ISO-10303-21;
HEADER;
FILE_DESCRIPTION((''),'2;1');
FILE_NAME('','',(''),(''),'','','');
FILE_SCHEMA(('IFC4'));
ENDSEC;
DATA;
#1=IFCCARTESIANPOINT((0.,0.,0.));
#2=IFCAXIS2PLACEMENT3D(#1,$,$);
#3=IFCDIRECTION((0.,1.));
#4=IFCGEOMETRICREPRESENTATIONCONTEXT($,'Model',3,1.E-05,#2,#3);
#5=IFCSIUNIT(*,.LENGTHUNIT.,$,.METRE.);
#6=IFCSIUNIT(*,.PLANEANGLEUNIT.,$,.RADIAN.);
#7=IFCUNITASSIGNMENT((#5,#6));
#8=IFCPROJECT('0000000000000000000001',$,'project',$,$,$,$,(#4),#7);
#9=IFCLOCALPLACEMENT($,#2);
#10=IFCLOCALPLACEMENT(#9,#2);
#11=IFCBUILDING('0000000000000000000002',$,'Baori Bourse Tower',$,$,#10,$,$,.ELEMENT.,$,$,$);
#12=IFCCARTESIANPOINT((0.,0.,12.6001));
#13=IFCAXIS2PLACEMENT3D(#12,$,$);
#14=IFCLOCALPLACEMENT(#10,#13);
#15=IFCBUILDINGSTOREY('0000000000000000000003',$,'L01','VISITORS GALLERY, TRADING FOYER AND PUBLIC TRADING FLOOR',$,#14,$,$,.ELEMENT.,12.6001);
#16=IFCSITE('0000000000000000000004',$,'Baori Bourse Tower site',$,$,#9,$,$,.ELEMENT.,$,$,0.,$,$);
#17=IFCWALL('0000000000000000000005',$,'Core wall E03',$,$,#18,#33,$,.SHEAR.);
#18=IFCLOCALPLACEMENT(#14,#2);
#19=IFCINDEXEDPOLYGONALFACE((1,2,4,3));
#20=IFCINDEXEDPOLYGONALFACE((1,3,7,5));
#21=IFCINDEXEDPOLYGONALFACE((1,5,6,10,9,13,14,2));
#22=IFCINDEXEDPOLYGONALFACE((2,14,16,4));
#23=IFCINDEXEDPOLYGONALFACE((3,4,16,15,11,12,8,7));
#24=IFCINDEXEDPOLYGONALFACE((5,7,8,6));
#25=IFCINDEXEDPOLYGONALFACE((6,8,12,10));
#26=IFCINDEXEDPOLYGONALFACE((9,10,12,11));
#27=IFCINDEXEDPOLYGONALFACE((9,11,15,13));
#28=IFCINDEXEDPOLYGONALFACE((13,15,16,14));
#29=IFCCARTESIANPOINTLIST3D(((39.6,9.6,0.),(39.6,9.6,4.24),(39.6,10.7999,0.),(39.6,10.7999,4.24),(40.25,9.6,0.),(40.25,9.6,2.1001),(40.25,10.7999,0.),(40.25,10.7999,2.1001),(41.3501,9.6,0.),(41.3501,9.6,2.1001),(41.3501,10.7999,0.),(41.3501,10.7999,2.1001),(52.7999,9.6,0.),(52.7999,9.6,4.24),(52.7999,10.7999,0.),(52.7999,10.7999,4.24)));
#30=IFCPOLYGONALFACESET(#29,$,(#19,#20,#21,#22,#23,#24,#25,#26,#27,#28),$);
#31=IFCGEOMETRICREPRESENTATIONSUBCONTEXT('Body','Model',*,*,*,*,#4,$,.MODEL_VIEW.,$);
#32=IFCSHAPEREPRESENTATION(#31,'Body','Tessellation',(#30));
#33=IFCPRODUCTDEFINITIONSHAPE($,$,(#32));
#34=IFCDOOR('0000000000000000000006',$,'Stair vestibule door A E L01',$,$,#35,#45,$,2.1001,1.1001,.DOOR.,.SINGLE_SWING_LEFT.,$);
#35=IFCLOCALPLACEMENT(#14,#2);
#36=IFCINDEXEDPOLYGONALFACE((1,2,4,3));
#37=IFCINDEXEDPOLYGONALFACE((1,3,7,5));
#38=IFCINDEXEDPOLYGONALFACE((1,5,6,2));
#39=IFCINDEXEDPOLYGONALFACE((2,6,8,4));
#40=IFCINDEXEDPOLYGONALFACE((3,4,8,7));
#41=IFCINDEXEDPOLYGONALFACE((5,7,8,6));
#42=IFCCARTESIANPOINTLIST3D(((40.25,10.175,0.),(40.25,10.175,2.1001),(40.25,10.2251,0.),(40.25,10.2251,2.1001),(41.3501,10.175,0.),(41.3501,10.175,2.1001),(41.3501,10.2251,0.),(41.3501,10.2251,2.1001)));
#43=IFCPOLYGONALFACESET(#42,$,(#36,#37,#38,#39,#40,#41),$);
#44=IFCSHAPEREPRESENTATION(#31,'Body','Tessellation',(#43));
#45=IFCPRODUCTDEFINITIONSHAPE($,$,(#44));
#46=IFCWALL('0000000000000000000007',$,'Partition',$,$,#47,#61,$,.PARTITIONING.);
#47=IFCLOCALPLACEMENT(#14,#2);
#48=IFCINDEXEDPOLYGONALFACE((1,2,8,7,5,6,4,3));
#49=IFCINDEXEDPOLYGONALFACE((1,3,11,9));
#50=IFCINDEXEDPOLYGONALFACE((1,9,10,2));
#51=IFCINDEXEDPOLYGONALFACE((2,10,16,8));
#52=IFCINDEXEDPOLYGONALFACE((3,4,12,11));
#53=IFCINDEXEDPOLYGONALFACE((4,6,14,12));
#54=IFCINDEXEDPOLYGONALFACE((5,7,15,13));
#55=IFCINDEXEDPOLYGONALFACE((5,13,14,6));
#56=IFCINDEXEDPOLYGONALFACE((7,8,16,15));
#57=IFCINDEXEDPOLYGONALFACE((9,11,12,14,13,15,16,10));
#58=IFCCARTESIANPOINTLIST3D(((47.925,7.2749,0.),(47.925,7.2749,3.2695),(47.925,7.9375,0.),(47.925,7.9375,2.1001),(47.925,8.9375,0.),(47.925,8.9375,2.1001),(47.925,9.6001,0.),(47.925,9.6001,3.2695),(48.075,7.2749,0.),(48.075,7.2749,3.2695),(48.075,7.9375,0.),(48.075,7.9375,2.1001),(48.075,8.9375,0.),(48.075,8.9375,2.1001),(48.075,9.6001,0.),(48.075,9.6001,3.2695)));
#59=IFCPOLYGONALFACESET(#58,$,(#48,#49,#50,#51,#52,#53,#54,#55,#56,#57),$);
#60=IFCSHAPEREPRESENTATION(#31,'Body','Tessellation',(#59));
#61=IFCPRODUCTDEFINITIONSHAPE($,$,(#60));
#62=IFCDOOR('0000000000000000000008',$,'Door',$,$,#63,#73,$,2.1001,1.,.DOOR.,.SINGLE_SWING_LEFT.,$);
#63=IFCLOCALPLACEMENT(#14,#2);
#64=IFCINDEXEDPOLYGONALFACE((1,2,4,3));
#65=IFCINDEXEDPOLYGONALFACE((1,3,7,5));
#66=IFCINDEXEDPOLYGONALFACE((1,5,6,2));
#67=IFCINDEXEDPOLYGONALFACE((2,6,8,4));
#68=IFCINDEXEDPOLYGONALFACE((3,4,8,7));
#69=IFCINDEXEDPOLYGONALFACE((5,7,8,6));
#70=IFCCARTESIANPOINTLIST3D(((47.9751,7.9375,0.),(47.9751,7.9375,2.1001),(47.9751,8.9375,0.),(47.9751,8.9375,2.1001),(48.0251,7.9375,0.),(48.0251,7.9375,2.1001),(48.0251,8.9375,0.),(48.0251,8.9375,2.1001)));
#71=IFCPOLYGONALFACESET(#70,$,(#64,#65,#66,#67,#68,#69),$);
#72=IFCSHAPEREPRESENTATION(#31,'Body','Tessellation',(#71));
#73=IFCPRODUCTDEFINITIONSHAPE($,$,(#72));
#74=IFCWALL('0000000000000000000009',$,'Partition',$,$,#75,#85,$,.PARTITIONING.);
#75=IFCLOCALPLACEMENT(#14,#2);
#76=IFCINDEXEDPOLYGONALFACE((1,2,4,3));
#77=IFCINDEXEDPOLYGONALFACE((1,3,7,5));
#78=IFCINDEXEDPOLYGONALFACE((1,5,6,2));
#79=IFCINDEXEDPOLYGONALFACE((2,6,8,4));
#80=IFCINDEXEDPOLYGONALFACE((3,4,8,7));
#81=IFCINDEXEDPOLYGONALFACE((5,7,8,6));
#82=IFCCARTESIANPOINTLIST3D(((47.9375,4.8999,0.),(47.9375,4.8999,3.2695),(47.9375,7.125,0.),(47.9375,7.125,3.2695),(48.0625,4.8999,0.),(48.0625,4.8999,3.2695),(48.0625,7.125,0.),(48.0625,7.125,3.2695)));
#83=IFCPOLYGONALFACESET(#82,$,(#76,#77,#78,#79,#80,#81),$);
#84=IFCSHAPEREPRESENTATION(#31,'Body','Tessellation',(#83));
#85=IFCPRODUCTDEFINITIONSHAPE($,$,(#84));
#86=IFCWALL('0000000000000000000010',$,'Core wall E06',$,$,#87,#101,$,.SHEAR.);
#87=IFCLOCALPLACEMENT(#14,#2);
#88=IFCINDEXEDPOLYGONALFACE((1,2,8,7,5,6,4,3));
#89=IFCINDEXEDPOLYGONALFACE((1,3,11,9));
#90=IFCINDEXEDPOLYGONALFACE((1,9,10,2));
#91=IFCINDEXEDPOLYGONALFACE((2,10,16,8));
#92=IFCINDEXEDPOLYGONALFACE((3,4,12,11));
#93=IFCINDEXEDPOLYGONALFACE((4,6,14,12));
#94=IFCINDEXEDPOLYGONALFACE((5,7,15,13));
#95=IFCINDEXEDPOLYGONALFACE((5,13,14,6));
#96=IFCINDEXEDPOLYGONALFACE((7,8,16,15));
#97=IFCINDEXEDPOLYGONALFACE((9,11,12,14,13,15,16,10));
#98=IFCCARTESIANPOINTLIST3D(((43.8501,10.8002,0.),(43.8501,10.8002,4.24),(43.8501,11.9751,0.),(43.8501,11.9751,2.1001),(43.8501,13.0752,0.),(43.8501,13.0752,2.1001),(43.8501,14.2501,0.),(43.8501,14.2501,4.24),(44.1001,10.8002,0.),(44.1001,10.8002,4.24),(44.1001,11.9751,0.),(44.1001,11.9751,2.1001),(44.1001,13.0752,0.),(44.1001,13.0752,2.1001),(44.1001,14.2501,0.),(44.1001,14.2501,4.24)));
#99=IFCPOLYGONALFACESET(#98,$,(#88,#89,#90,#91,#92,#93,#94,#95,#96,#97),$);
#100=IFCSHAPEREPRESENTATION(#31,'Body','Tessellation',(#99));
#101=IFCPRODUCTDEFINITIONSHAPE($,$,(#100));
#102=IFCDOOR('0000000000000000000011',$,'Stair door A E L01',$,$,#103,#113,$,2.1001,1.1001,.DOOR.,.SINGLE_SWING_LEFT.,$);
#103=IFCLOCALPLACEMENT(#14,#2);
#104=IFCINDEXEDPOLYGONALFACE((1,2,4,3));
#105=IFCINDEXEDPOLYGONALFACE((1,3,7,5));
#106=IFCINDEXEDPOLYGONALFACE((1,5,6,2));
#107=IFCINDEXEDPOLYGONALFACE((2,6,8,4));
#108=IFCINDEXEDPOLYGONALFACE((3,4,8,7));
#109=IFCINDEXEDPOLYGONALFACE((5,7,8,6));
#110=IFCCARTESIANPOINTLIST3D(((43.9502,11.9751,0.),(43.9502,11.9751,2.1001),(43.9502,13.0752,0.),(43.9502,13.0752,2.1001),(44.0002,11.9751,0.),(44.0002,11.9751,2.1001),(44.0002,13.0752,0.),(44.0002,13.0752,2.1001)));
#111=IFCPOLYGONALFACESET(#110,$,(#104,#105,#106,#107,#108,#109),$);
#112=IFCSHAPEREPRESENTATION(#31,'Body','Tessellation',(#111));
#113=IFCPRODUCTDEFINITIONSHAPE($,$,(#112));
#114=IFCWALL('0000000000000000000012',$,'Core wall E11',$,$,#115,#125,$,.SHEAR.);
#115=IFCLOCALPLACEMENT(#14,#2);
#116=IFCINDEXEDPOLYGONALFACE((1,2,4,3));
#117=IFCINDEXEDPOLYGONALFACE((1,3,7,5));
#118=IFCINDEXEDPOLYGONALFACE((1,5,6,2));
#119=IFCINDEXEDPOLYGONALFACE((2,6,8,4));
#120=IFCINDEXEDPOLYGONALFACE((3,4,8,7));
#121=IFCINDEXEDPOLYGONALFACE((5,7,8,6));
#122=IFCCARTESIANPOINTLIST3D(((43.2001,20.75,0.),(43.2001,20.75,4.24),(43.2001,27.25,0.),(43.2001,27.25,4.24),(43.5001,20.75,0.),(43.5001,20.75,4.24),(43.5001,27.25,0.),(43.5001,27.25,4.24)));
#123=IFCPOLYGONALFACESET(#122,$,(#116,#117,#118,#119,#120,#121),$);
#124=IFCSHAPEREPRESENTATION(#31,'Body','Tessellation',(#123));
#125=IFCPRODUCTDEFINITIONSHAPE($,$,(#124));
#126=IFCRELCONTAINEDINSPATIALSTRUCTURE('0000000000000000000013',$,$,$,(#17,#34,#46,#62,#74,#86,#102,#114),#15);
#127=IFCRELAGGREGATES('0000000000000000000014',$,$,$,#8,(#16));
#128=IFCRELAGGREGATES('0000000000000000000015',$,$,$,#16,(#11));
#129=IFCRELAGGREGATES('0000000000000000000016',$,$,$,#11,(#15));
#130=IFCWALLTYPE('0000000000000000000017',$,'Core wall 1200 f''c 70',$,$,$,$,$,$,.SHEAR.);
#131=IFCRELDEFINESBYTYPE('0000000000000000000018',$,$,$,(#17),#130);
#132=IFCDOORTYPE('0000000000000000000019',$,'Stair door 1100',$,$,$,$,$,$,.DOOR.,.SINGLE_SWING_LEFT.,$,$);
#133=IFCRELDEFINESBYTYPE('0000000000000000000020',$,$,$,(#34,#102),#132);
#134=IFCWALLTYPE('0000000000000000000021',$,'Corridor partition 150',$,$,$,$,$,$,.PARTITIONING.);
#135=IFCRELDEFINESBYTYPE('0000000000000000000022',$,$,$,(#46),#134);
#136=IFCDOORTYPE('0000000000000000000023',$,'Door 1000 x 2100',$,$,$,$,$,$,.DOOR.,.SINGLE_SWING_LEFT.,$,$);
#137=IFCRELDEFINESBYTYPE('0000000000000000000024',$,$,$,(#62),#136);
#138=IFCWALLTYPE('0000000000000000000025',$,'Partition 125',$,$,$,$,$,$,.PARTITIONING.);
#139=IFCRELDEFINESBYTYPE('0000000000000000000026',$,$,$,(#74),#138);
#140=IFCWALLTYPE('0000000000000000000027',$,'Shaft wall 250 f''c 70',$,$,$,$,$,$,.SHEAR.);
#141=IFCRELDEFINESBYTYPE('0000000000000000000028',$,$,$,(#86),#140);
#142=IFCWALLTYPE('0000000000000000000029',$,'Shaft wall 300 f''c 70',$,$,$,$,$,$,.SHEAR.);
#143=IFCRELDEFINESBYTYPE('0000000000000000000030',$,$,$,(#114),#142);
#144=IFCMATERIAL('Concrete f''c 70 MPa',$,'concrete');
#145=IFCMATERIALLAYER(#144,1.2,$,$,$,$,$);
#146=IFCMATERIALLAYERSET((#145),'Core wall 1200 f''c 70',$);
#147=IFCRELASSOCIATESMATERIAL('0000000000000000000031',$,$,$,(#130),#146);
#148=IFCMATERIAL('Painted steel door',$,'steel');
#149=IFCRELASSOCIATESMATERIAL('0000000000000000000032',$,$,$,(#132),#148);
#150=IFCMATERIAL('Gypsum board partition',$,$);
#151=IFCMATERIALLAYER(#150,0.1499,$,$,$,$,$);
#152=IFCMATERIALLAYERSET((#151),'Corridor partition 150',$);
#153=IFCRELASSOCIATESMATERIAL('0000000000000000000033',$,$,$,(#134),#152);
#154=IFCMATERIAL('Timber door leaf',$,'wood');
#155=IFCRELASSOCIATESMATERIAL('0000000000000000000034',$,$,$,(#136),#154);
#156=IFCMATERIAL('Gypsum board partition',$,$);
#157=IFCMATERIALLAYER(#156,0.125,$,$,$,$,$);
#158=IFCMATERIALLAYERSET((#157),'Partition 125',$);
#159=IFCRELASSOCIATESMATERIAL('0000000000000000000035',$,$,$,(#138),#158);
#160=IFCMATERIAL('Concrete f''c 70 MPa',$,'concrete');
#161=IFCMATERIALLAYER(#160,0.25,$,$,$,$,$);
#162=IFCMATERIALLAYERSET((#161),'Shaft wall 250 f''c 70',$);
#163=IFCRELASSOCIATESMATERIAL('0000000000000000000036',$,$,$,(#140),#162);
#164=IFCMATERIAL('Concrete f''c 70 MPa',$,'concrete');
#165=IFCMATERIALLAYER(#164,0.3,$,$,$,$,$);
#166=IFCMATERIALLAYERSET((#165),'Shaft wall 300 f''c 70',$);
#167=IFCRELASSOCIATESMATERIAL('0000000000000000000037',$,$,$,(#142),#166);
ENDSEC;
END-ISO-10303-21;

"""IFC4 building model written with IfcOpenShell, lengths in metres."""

from ifc_helpers import new_model, si_unit, direction, frame, frame_2d, origin, place, context, subcontext, project, spatial, rectangle, extrude, material, layer, layer_set, type_object, element, fill, save


model = new_model("IFC4")

# Units and contexts
model_context = context("Model", 3, precision=1e-05, world=origin(), true_north=direction((0.0, 1.0)))
body_context = subcontext(model_context, "Body", "Model", "MODEL_VIEW")
ifc_project = project(units=[si_unit("LENGTHUNIT", "METRE"), si_unit("PLANEANGLEUNIT", "RADIAN")], contexts=[model_context])

# Site, building, storey
site_placement = place(None, origin())
site = spatial("IfcSite", under=ifc_project, at=site_placement, Name="Baori Bourse Tower site", CompositionType="ELEMENT", RefElevation=0.0)
building_placement = place(site_placement, origin())
building = spatial("IfcBuilding", under=site, at=building_placement, Name="Baori Bourse Tower", CompositionType="ELEMENT")
storey_placement = place(building_placement, frame((0.0, 0.0, 12.6001)))
storey = spatial("IfcBuildingStorey", under=building, at=storey_placement, Name="L01", Description="VISITORS GALLERY, TRADING FOYER AND PUBLIC TRADING FLOOR", CompositionType="ELEMENT", Elevation=12.6001)

# Shared definitions
ifc_material_1 = material(Name="Concrete f'c 70 MPa", Category="concrete")
ifc_layer_1 = layer(ifc_material_1, 1.2)
ifc_layer_set_1 = layer_set([ifc_layer_1], Name="Core wall 1200 f'c 70")
wall_type_1 = type_object("IfcWallType", Name="Core wall 1200 f'c 70", PredefinedType="SHEAR", material=ifc_layer_set_1)

# Walls, openings, doors
wall_1_placement = place(storey_placement, frame((52.8, 10.2, 0.0), z_axis=(0.0, 0.0, 1.0), x_axis=(-1.0, 0.0, 0.0)))
wall_1 = element("IfcWall", 1, at=wall_1_placement, inside=storey, type_object=wall_type_1, Name="Core wall E03", PredefinedType="SHEAR", context=body_context, shape_type="SweptSolid", body=[
    extrude(rectangle(XDim=13.2, YDim=1.2, at=frame_2d((6.6001, 0.0))), origin(), (0.0, 0.0, 1.0), 4.24),
])
opening_1_placement = place(wall_1_placement, frame((11.45, 0.0, 0.0)))
opening_1 = element("IfcOpeningElement", 2, at=opening_1_placement, cuts=wall_1, PredefinedType="OPENING", context=body_context, shape_type="SweptSolid", body=[
    extrude(rectangle(XDim=1.1001, YDim=2.1001, at=frame_2d((0.55, 1.05))), frame((0.0, 0.6099, 0.0), z_axis=(0.0, -1.0, 0.0), x_axis=(1.0, 0.0, 0.0)), (0.0, 0.0, 1.0), 1.22),
])
ifc_material_2 = material(Name="Painted steel door", Category="steel")
door_type_1 = type_object("IfcDoorType", Name="Stair door 1100", OperationType="SINGLE_SWING_LEFT", PredefinedType="DOOR", material=ifc_material_2)
door_1_placement = place(opening_1_placement, origin())
door_1 = element("IfcDoor", 3, at=door_1_placement, inside=storey, type_object=door_type_1, Name="Stair vestibule door A E L01", OperationType="SINGLE_SWING_LEFT", OverallHeight=2.1001, OverallWidth=1.1001, PredefinedType="DOOR", context=body_context, shape_type="SweptSolid", body=[
    extrude(rectangle(XDim=1.1001, YDim=2.1001, at=frame_2d((0.55, 1.05))), frame((0.0, 0.0249, 0.0), z_axis=(0.0, -1.0, 0.0), x_axis=(1.0, 0.0, 0.0)), (0.0, 0.0, 1.0), 0.05),
])
fill(opening_1, door_1)
ifc_material_3 = material(Name="Gypsum board partition")
ifc_layer_2 = layer(ifc_material_3, 0.1499)
ifc_layer_set_2 = layer_set([ifc_layer_2], Name="Corridor partition 150")
wall_type_2 = type_object("IfcWallType", Name="Corridor partition 150", PredefinedType="PARTITIONING", material=ifc_layer_set_2)
wall_2_placement = place(storey_placement, frame((48.0, 7.2749, 0.0), z_axis=(0.0, 0.0, 1.0), x_axis=(0.0, 1.0, 0.0)))
wall_2 = element("IfcWall", 4, at=wall_2_placement, inside=storey, type_object=wall_type_2, Name="Partition", PredefinedType="PARTITIONING", context=body_context, shape_type="SweptSolid", body=[
    extrude(rectangle(XDim=2.3252, YDim=0.1499, at=frame_2d((1.1626, 0.0))), origin(), (0.0, 0.0, 1.0), 3.2695),
])
opening_2_placement = place(wall_2_placement, frame((0.6626, 0.0, 0.0)))
opening_2 = element("IfcOpeningElement", 5, at=opening_2_placement, cuts=wall_2, PredefinedType="OPENING", context=body_context, shape_type="SweptSolid", body=[
    extrude(rectangle(XDim=1.0, YDim=2.1001, at=frame_2d((0.5, 1.05))), frame((0.0, 0.085, 0.0), z_axis=(0.0, -1.0, 0.0), x_axis=(1.0, 0.0, 0.0)), (0.0, 0.0, 1.0), 0.1699),
])
ifc_material_4 = material(Name="Timber door leaf", Category="wood")
door_type_2 = type_object("IfcDoorType", Name="Door 1000 x 2100", OperationType="SINGLE_SWING_LEFT", PredefinedType="DOOR", material=ifc_material_4)
door_2_placement = place(opening_2_placement, origin())
door_2 = element("IfcDoor", 6, at=door_2_placement, inside=storey, type_object=door_type_2, Name="Door", OperationType="SINGLE_SWING_LEFT", OverallHeight=2.1001, OverallWidth=1.0, PredefinedType="DOOR", context=body_context, shape_type="SweptSolid", body=[
    extrude(rectangle(XDim=1.0, YDim=2.1001, at=frame_2d((0.5, 1.05))), frame((0.0, 0.0249, 0.0), z_axis=(0.0, -1.0, 0.0), x_axis=(1.0, 0.0, 0.0)), (0.0, 0.0, 1.0), 0.05),
])
fill(opening_2, door_2)

# Wall
ifc_material_5 = material(Name="Gypsum board partition")
ifc_layer_3 = layer(ifc_material_5, 0.125)
ifc_layer_set_3 = layer_set([ifc_layer_3], Name="Partition 125")
wall_type_3 = type_object("IfcWallType", Name="Partition 125", PredefinedType="PARTITIONING", material=ifc_layer_set_3)
wall_3_placement = place(storey_placement, frame((48.0, 4.8999, 0.0), z_axis=(0.0, 0.0, 1.0), x_axis=(0.0, 1.0, 0.0)))
element("IfcWall", 7, at=wall_3_placement, inside=storey, type_object=wall_type_3, Name="Partition", PredefinedType="PARTITIONING", context=body_context, shape_type="SweptSolid", body=[
    extrude(rectangle(XDim=2.2251, YDim=0.125, at=frame_2d((1.1125, 0.0))), origin(), (0.0, 0.0, 1.0), 3.2695),
])

# Wall, opening, door
ifc_material_6 = material(Name="Concrete f'c 70 MPa", Category="concrete")
ifc_layer_4 = layer(ifc_material_6, 0.25)
ifc_layer_set_4 = layer_set([ifc_layer_4], Name="Shaft wall 250 f'c 70")
wall_type_4 = type_object("IfcWallType", Name="Shaft wall 250 f'c 70", PredefinedType="SHEAR", material=ifc_layer_set_4)
wall_4_placement = place(storey_placement, frame((43.9751, 10.8, 0.0), z_axis=(0.0, 0.0, 1.0), x_axis=(0.0, 1.0, 0.0)))
wall_4 = element("IfcWall", 8, at=wall_4_placement, inside=storey, type_object=wall_type_4, Name="Core wall E06", PredefinedType="SHEAR", context=body_context, shape_type="SweptSolid", body=[
    extrude(rectangle(XDim=3.45, YDim=0.25, at=frame_2d((1.7251, 0.0))), origin(), (0.0, 0.0, 1.0), 4.24),
])
opening_3_placement = place(wall_4_placement, frame((1.175, 0.0, 0.0)))
opening_3 = element("IfcOpeningElement", 9, at=opening_3_placement, cuts=wall_4, PredefinedType="OPENING", context=body_context, shape_type="SweptSolid", body=[
    extrude(rectangle(XDim=1.1001, YDim=2.1001, at=frame_2d((0.55, 1.05))), frame((0.0, 0.135, 0.0), z_axis=(0.0, -1.0, 0.0), x_axis=(1.0, 0.0, 0.0)), (0.0, 0.0, 1.0), 0.27),
])
door_3_placement = place(opening_3_placement, origin())
door_3 = element("IfcDoor", 10, at=door_3_placement, inside=storey, type_object=door_type_1, Name="Stair door A E L01", OperationType="SINGLE_SWING_LEFT", OverallHeight=2.1001, OverallWidth=1.1001, PredefinedType="DOOR", context=body_context, shape_type="SweptSolid", body=[
    extrude(rectangle(XDim=1.1001, YDim=2.1001, at=frame_2d((0.55, 1.05))), frame((0.0, 0.0249, 0.0), z_axis=(0.0, -1.0, 0.0), x_axis=(1.0, 0.0, 0.0)), (0.0, 0.0, 1.0), 0.05),
])
fill(opening_3, door_3)

# Wall
ifc_material_7 = material(Name="Concrete f'c 70 MPa", Category="concrete")
ifc_layer_5 = layer(ifc_material_7, 0.3)
ifc_layer_set_5 = layer_set([ifc_layer_5], Name="Shaft wall 300 f'c 70")
wall_type_5 = type_object("IfcWallType", Name="Shaft wall 300 f'c 70", PredefinedType="SHEAR", material=ifc_layer_set_5)
wall_5_placement = place(storey_placement, frame((43.3501, 20.75, 0.0), z_axis=(0.0, 0.0, 1.0), x_axis=(0.0, 1.0, 0.0)))
element("IfcWall", 11, at=wall_5_placement, inside=storey, type_object=wall_type_5, Name="Core wall E11", PredefinedType="SHEAR", context=body_context, shape_type="SweptSolid", body=[
    extrude(rectangle(XDim=6.5, YDim=0.3, at=frame_2d((3.25, 0.0))), origin(), (0.0, 0.0, 1.0), 4.24),
])

save(model, "model.ifc")
